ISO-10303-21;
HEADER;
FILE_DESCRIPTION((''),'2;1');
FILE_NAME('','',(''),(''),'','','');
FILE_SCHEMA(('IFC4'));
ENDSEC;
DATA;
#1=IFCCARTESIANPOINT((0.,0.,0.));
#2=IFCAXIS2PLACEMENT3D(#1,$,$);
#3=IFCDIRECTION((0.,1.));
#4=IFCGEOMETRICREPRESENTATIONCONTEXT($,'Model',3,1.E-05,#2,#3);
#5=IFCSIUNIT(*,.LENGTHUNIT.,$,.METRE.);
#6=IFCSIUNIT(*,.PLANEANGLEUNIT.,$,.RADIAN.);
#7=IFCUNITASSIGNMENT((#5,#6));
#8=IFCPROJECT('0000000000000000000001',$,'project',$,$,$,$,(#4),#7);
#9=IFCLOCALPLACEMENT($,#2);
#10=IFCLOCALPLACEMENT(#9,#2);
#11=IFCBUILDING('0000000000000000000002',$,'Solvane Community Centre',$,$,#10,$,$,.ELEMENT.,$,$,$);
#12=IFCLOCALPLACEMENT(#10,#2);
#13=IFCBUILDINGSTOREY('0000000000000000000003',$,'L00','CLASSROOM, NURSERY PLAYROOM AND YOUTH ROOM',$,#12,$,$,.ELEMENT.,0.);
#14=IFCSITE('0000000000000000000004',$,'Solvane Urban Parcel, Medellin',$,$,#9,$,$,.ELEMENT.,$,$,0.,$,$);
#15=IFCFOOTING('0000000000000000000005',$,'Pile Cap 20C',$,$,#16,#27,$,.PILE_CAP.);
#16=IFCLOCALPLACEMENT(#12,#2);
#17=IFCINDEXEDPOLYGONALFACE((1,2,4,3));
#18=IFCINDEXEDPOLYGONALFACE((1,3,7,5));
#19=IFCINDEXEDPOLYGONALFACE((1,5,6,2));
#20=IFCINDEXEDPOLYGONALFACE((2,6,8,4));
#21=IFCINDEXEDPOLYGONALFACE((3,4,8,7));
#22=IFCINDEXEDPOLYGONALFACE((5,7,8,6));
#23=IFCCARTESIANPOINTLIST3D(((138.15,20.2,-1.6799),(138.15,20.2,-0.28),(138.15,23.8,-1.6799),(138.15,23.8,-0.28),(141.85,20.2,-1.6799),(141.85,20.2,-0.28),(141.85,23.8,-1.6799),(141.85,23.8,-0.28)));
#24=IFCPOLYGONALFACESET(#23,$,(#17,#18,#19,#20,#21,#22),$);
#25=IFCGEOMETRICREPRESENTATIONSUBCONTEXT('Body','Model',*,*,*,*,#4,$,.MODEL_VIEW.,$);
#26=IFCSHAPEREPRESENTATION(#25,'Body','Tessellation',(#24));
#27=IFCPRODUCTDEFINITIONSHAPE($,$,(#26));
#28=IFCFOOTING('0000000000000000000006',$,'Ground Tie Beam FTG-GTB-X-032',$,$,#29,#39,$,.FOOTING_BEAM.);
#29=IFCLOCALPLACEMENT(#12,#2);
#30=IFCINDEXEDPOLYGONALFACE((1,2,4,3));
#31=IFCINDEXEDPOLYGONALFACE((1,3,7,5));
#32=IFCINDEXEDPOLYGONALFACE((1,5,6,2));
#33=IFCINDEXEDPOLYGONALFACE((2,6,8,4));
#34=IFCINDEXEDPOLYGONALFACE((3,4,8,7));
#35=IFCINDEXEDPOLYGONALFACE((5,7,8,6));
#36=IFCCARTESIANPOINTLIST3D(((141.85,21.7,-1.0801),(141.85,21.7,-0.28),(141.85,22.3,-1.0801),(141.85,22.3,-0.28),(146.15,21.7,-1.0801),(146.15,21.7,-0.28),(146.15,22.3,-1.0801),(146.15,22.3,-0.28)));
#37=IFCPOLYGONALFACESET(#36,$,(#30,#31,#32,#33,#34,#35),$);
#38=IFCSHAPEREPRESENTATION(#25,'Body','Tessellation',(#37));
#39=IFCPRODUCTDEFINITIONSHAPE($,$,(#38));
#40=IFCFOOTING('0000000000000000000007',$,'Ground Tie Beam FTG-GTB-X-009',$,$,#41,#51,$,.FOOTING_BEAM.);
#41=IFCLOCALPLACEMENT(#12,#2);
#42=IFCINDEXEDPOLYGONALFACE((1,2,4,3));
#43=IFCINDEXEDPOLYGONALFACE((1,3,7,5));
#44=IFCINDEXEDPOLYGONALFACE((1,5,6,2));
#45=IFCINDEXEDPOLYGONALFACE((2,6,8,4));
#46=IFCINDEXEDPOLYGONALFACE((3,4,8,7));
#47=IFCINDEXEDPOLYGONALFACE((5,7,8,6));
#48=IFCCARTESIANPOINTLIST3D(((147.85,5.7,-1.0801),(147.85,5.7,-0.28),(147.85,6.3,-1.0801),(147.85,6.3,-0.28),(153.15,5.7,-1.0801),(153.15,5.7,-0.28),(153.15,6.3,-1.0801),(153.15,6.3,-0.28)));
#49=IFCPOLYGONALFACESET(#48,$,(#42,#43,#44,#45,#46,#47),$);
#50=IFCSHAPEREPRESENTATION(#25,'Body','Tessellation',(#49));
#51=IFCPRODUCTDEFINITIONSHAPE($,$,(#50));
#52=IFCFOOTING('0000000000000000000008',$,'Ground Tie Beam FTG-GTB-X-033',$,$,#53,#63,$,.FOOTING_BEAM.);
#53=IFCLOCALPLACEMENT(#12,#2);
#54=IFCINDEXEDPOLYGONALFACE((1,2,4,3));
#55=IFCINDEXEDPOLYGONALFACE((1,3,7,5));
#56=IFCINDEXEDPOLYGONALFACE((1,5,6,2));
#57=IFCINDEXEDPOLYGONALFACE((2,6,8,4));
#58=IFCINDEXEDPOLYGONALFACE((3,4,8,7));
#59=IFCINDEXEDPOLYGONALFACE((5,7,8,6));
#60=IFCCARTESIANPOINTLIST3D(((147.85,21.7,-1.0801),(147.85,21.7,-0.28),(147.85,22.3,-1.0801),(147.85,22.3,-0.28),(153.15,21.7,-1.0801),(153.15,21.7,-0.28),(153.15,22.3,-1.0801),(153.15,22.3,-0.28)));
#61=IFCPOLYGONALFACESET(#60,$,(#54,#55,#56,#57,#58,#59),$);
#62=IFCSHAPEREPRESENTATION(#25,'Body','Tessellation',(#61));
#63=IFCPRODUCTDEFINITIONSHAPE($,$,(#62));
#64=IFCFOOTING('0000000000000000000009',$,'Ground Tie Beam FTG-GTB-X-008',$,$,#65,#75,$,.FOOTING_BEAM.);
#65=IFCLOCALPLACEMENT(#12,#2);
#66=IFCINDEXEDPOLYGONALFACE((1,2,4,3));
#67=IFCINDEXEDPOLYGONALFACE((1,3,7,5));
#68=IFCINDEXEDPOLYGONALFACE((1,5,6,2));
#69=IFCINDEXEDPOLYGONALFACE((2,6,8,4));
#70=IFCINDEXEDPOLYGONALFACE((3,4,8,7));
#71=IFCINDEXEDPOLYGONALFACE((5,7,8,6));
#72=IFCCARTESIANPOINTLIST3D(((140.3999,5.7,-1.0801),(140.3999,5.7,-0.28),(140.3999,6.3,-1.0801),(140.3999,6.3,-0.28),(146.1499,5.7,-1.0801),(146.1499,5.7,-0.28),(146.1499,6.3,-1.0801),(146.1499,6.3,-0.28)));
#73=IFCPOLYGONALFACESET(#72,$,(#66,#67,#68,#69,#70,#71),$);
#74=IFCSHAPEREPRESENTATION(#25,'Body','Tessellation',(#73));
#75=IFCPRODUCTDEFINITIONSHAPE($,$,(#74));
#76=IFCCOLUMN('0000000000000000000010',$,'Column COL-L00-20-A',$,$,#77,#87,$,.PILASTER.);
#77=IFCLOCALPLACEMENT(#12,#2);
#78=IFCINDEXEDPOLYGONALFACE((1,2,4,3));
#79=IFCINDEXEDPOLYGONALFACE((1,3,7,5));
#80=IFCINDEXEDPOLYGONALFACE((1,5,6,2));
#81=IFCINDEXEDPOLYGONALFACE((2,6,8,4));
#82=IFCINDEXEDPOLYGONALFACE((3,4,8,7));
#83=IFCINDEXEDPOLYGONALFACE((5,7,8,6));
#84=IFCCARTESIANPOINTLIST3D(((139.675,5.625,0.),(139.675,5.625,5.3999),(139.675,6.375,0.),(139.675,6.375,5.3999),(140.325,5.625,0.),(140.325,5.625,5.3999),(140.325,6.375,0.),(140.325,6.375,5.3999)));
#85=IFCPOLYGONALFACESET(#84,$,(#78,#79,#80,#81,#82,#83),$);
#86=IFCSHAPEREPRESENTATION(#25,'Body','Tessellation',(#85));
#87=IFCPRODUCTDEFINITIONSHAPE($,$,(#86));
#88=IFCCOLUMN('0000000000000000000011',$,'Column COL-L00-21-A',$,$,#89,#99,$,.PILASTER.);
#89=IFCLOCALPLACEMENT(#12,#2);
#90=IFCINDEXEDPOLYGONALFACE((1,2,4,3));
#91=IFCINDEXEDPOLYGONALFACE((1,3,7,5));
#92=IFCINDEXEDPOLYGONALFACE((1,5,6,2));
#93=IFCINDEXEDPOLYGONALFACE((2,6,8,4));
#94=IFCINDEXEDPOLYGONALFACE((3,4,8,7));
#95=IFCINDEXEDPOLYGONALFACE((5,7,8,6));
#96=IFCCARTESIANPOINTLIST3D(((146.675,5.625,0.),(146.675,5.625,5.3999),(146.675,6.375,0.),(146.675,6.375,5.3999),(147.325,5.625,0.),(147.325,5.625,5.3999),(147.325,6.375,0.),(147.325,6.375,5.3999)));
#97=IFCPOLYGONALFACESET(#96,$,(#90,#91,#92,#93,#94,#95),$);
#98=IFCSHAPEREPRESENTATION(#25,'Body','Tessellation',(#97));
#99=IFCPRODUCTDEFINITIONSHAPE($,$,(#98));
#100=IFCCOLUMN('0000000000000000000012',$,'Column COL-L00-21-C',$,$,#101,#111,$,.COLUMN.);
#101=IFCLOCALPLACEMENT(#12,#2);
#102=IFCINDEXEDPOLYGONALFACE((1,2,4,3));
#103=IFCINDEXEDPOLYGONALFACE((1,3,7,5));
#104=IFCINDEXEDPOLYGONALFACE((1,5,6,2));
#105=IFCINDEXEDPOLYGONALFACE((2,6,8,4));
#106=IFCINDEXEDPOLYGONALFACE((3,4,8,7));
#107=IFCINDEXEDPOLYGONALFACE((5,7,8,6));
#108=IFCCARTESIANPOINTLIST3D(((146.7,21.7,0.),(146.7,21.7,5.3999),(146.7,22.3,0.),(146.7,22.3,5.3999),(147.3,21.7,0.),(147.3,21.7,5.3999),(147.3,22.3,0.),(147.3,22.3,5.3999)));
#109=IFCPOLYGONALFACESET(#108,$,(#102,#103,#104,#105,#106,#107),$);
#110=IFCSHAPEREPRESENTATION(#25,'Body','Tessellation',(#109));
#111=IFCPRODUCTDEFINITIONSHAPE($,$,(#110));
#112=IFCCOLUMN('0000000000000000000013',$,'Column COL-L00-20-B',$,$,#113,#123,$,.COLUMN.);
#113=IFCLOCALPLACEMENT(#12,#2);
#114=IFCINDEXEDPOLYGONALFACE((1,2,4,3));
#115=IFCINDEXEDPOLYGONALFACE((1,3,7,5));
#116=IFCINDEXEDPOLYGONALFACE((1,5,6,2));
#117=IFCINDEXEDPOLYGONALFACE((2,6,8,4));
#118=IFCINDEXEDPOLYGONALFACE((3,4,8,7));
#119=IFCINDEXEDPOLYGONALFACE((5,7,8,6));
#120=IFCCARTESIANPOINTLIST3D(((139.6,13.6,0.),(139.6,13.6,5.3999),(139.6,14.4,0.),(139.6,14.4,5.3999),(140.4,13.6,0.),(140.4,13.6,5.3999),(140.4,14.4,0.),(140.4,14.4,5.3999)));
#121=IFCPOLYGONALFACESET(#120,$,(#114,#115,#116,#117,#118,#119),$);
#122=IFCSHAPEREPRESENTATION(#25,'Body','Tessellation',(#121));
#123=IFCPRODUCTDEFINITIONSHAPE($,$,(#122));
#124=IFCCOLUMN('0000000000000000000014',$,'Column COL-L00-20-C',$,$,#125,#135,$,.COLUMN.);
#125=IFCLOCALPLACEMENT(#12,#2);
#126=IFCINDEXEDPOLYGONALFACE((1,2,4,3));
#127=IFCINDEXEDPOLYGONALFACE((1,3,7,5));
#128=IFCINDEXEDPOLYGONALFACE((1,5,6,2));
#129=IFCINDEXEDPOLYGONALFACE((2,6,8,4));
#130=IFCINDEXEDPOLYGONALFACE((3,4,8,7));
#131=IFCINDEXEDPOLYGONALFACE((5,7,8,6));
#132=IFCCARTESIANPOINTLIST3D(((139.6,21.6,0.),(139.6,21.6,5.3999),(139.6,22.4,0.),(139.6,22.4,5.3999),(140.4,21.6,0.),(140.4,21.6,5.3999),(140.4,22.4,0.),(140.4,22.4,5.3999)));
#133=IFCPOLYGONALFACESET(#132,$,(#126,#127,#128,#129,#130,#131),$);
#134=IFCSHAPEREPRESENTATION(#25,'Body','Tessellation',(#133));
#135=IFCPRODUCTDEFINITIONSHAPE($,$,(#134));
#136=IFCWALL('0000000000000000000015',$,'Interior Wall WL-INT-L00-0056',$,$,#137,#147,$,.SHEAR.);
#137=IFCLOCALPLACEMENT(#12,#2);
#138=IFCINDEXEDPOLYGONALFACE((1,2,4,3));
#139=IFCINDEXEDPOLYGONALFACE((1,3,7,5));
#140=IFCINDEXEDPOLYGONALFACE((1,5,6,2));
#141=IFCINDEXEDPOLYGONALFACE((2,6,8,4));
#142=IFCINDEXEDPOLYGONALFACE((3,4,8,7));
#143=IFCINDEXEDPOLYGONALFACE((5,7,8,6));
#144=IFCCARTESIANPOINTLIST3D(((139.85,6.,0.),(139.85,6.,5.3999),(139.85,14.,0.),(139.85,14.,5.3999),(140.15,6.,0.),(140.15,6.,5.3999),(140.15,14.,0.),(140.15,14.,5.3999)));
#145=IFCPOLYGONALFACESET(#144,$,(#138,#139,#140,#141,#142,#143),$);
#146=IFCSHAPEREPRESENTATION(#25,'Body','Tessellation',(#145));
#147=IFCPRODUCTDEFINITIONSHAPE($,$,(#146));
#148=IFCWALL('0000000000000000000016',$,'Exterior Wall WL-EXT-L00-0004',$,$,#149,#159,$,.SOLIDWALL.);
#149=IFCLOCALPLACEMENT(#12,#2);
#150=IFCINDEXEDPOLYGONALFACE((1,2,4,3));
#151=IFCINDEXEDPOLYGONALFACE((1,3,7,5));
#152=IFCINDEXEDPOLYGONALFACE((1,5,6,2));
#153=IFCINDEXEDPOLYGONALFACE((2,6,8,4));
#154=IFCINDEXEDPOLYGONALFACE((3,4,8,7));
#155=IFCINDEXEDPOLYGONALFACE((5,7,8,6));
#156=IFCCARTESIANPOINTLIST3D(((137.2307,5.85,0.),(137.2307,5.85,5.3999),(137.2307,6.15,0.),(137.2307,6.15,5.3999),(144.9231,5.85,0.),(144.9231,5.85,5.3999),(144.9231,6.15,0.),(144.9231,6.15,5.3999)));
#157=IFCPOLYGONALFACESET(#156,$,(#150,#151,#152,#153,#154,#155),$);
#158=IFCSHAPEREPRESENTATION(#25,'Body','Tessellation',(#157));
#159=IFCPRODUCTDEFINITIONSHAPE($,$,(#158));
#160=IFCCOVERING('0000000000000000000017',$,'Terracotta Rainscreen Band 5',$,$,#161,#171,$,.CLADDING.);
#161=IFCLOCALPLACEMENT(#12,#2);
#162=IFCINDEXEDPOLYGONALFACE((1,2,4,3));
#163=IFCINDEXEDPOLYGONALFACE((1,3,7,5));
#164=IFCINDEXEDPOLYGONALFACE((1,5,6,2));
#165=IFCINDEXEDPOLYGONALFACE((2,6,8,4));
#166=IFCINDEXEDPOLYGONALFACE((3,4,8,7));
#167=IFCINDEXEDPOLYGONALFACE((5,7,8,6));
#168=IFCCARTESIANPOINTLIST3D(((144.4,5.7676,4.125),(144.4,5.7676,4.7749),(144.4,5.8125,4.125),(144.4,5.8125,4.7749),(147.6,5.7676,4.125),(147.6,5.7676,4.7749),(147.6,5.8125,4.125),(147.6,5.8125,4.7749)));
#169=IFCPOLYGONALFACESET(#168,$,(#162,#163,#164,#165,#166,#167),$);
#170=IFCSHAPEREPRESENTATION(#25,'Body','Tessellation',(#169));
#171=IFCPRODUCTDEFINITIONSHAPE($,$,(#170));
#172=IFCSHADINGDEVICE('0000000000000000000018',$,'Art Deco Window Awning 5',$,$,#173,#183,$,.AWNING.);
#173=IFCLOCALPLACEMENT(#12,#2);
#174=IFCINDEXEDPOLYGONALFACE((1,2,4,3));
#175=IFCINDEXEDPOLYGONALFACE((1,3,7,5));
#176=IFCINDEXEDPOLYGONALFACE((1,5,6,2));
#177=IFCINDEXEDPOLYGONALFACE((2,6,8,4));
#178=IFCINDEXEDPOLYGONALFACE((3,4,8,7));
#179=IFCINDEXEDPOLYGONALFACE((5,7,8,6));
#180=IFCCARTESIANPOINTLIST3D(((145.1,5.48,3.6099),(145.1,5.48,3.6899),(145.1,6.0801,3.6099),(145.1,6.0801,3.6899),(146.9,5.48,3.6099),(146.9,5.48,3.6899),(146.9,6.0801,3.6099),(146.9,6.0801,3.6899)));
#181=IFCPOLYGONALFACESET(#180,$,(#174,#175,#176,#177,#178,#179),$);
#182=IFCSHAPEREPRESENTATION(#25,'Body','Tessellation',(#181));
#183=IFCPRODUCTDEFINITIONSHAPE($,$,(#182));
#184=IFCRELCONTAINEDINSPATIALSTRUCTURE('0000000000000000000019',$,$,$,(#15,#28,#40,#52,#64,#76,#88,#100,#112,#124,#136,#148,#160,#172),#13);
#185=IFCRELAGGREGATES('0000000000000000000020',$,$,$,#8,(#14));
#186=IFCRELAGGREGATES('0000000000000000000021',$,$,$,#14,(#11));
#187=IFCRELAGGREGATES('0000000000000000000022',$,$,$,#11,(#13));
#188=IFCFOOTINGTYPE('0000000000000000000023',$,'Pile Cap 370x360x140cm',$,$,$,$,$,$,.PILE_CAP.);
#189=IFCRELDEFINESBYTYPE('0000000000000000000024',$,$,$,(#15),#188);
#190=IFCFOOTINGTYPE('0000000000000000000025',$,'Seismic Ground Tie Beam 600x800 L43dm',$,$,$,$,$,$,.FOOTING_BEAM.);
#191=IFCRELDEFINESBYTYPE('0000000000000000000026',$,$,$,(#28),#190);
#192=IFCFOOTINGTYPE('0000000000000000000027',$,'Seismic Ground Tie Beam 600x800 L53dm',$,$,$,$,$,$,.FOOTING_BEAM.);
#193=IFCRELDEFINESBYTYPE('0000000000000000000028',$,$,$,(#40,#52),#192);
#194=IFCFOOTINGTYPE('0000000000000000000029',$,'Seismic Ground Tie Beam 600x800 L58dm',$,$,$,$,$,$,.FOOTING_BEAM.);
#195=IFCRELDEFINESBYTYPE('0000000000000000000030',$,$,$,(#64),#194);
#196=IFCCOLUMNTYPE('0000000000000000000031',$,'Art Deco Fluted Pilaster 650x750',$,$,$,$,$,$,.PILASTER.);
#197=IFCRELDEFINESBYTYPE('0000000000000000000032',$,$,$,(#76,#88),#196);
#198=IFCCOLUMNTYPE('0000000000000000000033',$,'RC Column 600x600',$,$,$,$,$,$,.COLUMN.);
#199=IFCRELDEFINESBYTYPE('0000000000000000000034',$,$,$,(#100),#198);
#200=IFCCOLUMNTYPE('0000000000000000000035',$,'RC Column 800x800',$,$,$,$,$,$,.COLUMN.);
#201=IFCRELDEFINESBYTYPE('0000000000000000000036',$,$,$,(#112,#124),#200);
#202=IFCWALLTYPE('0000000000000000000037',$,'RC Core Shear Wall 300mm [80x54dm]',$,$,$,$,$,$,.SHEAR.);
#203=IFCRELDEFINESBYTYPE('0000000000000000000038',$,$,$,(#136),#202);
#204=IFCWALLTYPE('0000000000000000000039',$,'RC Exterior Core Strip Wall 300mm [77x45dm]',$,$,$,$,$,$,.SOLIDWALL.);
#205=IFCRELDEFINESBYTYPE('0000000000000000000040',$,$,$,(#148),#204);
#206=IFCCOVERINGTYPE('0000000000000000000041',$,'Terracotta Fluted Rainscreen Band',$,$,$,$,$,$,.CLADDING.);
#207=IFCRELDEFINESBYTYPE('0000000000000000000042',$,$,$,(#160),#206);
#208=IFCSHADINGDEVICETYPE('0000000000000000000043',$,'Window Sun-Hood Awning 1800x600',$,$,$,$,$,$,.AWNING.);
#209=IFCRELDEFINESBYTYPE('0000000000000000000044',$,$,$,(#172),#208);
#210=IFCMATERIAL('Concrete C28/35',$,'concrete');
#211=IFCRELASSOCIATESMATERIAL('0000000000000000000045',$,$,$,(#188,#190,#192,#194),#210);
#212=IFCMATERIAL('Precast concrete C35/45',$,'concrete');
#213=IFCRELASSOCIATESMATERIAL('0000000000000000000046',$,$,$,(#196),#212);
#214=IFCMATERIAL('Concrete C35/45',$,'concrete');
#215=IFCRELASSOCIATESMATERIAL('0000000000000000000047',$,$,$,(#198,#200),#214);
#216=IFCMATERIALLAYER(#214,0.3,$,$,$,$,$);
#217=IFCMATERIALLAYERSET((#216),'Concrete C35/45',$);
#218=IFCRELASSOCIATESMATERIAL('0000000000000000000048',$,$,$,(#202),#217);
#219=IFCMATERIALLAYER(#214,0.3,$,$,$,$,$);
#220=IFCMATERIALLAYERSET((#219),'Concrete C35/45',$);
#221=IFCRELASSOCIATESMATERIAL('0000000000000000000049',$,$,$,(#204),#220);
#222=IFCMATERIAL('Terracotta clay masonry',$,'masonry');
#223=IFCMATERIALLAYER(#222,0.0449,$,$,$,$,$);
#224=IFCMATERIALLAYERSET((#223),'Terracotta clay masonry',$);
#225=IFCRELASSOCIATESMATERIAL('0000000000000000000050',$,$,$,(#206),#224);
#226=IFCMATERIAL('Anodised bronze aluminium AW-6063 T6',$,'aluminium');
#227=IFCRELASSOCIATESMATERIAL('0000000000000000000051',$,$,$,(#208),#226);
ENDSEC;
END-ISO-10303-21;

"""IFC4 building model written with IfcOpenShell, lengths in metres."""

from ifc_helpers import new_model, si_unit, direction, frame, frame_2d, origin, origin_2d, place, context, subcontext, project, spatial, rectangle, extrude, material, layer, layer_set, material_profile, profile_set, type_object, element, save


model = new_model("IFC4")

# Units and contexts
model_context = context("Model", 3, precision=1e-05, world=origin(), true_north=direction((0.0, 1.0)))
body_context = subcontext(model_context, "Body", "Model", "MODEL_VIEW")
ifc_project = project(units=[si_unit("LENGTHUNIT", "METRE"), si_unit("PLANEANGLEUNIT", "RADIAN")], contexts=[model_context])

# Site, building, storey
site_placement = place(None, origin())
site = spatial("IfcSite", under=ifc_project, at=site_placement, Name="Solvane Urban Parcel, Medellin", CompositionType="ELEMENT", RefElevation=0.0)
building_placement = place(site_placement, origin())
building = spatial("IfcBuilding", under=site, at=building_placement, Name="Solvane Community Centre", CompositionType="ELEMENT")
storey_placement = place(building_placement, origin())
storey = spatial("IfcBuildingStorey", under=building, at=storey_placement, Name="L00", Description="CLASSROOM, NURSERY PLAYROOM AND YOUTH ROOM", CompositionType="ELEMENT", Elevation=0.0)

# Shared definitions
ifc_material_1 = material(Name="Concrete C28/35", Category="concrete")

# Footings
footing_type_1 = type_object("IfcFootingType", Name="Pile Cap 370x360x140cm", PredefinedType="PILE_CAP", material=ifc_material_1)
footing_1_placement = place(storey_placement, frame((140.0, 22.0, -1.6799), z_axis=(0.0, 0.0, 1.0), x_axis=(1.0, 0.0, 0.0)))
element("IfcFooting", 1, at=footing_1_placement, inside=storey, type_object=footing_type_1, Name="Pile Cap 20C", PredefinedType="PILE_CAP", context=body_context, shape_type="SweptSolid", body=[
    extrude(rectangle(XDim=3.7, YDim=3.6001, at=origin_2d()), origin(), (0.0, 0.0, 1.0), 1.3999),
])
footing_type_2 = type_object("IfcFootingType", Name="Seismic Ground Tie Beam 600x800 L43dm", PredefinedType="FOOTING_BEAM", material=ifc_material_1)
footing_2_placement = place(storey_placement, frame((144.0, 22.0, -1.0801), z_axis=(0.0, 0.0, 1.0), x_axis=(1.0, 0.0, 0.0)))
element("IfcFooting", 2, at=footing_2_placement, inside=storey, type_object=footing_type_2, Name="Ground Tie Beam FTG-GTB-X-032", PredefinedType="FOOTING_BEAM", context=body_context, shape_type="SweptSolid", body=[
    extrude(rectangle(XDim=4.3, YDim=0.6001, at=origin_2d()), origin(), (0.0, 0.0, 1.0), 0.8),
])
footing_type_3 = type_object("IfcFootingType", Name="Seismic Ground Tie Beam 600x800 L53dm", PredefinedType="FOOTING_BEAM", material=ifc_material_1)
for number, where, z_axis, x_axis, name in (
    (3, (150.5, 6.0, -1.0801), (0.0, 0.0, 1.0), (1.0, 0.0, 0.0), "Ground Tie Beam FTG-GTB-X-009"),
    (4, (150.5, 22.0, -1.0801), (0.0, 0.0, 1.0), (1.0, 0.0, 0.0), "Ground Tie Beam FTG-GTB-X-033"),
):
    element("IfcFooting", number, at=place(storey_placement, frame(where, z_axis=z_axis, x_axis=x_axis)), inside=storey, type_object=footing_type_3, Name=name, PredefinedType="FOOTING_BEAM", context=body_context, shape_type="SweptSolid", body=[
        extrude(rectangle(XDim=5.3, YDim=0.6001, at=origin_2d()), origin(), (0.0, 0.0, 1.0), 0.8),
    ])
footing_type_4 = type_object("IfcFootingType", Name="Seismic Ground Tie Beam 600x800 L58dm", PredefinedType="FOOTING_BEAM", material=ifc_material_1)
footing_3_placement = place(storey_placement, frame((143.2749, 6.0, -1.0801), z_axis=(0.0, 0.0, 1.0), x_axis=(1.0, 0.0, 0.0)))
element("IfcFooting", 5, at=footing_3_placement, inside=storey, type_object=footing_type_4, Name="Ground Tie Beam FTG-GTB-X-008", PredefinedType="FOOTING_BEAM", context=body_context, shape_type="SweptSolid", body=[
    extrude(rectangle(XDim=5.75, YDim=0.6001, at=origin_2d()), origin(), (0.0, 0.0, 1.0), 0.8),
])

# Columns
ifc_material_2 = material(Name="Precast concrete C35/45", Category="concrete")
ifc_material_profile_1 = material_profile(ifc_material_2, rectangle(XDim=0.6499, YDim=0.75, at=origin_2d()), Name="RC 650x750")
ifc_profile_set_1 = profile_set([ifc_material_profile_1], Name="Precast concrete C35/45")
column_type_1 = type_object("IfcColumnType", Name="Art Deco Fluted Pilaster 650x750", PredefinedType="PILASTER", material=ifc_profile_set_1)
for number, where, z_axis, x_axis, name in (
    (6, (140.0, 6.0, 0.0), (0.0, 0.0, 1.0), (1.0, 0.0, 0.0), "Column COL-L00-20-A"),
    (7, (147.0, 6.0, 0.0), (0.0, 0.0, 1.0), (1.0, 0.0, 0.0), "Column COL-L00-21-A"),
):
    element("IfcColumn", number, at=place(storey_placement, frame(where, z_axis=z_axis, x_axis=x_axis)), inside=storey, type_object=column_type_1, Name=name, PredefinedType="PILASTER", context=body_context, shape_type="SweptSolid", body=[
        extrude(rectangle(XDim=0.6499, YDim=0.75, at=origin_2d()), origin(), (0.0, 0.0, 1.0), 5.3999),
    ])
ifc_material_3 = material(Name="Concrete C35/45", Category="concrete")
ifc_material_profile_2 = material_profile(ifc_material_3, rectangle(XDim=0.6001, YDim=0.6001, at=origin_2d()), Name="RC 600x600")
ifc_profile_set_2 = profile_set([ifc_material_profile_2], Name="Concrete C35/45")
column_type_2 = type_object("IfcColumnType", Name="RC Column 600x600", PredefinedType="COLUMN", material=ifc_profile_set_2)
column_placement = place(storey_placement, frame((147.0, 22.0, 0.0), z_axis=(0.0, 0.0, 1.0), x_axis=(1.0, 0.0, 0.0)))
element("IfcColumn", 8, at=column_placement, inside=storey, type_object=column_type_2, Name="Column COL-L00-21-C", PredefinedType="COLUMN", context=body_context, shape_type="SweptSolid", body=[
    extrude(rectangle(XDim=0.6001, YDim=0.6001, at=origin_2d()), origin(), (0.0, 0.0, 1.0), 5.3999),
])
ifc_material_profile_3 = material_profile(ifc_material_3, rectangle(XDim=0.8, YDim=0.8, at=origin_2d()), Name="RC 800x800")
ifc_profile_set_3 = profile_set([ifc_material_profile_3], Name="Concrete C35/45")
column_type_3 = type_object("IfcColumnType", Name="RC Column 800x800", PredefinedType="COLUMN", material=ifc_profile_set_3)
for number, where, z_axis, x_axis, name in (
    (9, (140.0, 14.0, 0.0), (0.0, 0.0, 1.0), (1.0, 0.0, 0.0), "Column COL-L00-20-B"),
    (10, (140.0, 22.0, 0.0), (0.0, 0.0, 1.0), (1.0, 0.0, 0.0), "Column COL-L00-20-C"),
):
    element("IfcColumn", number, at=place(storey_placement, frame(where, z_axis=z_axis, x_axis=x_axis)), inside=storey, type_object=column_type_3, Name=name, PredefinedType="COLUMN", context=body_context, shape_type="SweptSolid", body=[
        extrude(rectangle(XDim=0.8, YDim=0.8, at=origin_2d()), origin(), (0.0, 0.0, 1.0), 5.3999),
    ])

# Walls
ifc_layer_1 = layer(ifc_material_3, 0.3)
ifc_layer_set_1 = layer_set([ifc_layer_1], Name="Concrete C35/45")
wall_type_1 = type_object("IfcWallType", Name="RC Core Shear Wall 300mm [80x54dm]", PredefinedType="SHEAR", material=ifc_layer_set_1)
wall_1_placement = place(storey_placement, frame((140.0, 14.0, 0.0), z_axis=(0.0, 0.0, 1.0), x_axis=(0.0, -1.0, 0.0)))
element("IfcWall", 11, at=wall_1_placement, inside=storey, type_object=wall_type_1, Name="Interior Wall WL-INT-L00-0056", PredefinedType="SHEAR", context=body_context, shape_type="SweptSolid", body=[
    extrude(rectangle(XDim=8.0, YDim=0.3, at=frame_2d((4.0, 0.0))), origin(), (0.0, 0.0, 1.0), 5.3999),
])
ifc_layer_2 = layer(ifc_material_3, 0.3)
ifc_layer_set_2 = layer_set([ifc_layer_2], Name="Concrete C35/45")
wall_type_2 = type_object("IfcWallType", Name="RC Exterior Core Strip Wall 300mm [77x45dm]", PredefinedType="SOLIDWALL", material=ifc_layer_set_2)
wall_2_placement = place(storey_placement, frame((144.9231, 6.0, 0.0), z_axis=(0.0, 0.0, 1.0), x_axis=(-1.0, 0.0, 0.0)))
element("IfcWall", 12, at=wall_2_placement, inside=storey, type_object=wall_type_2, Name="Exterior Wall WL-EXT-L00-0004", PredefinedType="SOLIDWALL", context=body_context, shape_type="SweptSolid", body=[
    extrude(rectangle(XDim=7.6924, YDim=0.3, at=frame_2d((3.8462, 0.0))), origin(), (0.0, 0.0, 1.0), 5.3999),
])

# Covering
ifc_material_4 = material(Name="Terracotta clay masonry", Category="masonry")
ifc_layer_3 = layer(ifc_material_4, 0.0449)
ifc_layer_set_3 = layer_set([ifc_layer_3], Name="Terracotta clay masonry")
covering_type = type_object("IfcCoveringType", Name="Terracotta Fluted Rainscreen Band", PredefinedType="CLADDING", material=ifc_layer_set_3)
covering_placement = place(storey_placement, frame((146.0, 5.79, 4.125), z_axis=(0.0, 0.0, 1.0), x_axis=(1.0, 0.0, 0.0)))
element("IfcCovering", 13, at=covering_placement, inside=storey, type_object=covering_type, Name="Terracotta Rainscreen Band 5", PredefinedType="CLADDING", context=body_context, shape_type="SweptSolid", body=[
    extrude(rectangle(XDim=3.2, YDim=0.0449, at=origin_2d()), origin(), (0.0, 0.0, 1.0), 0.6499),
])

# Shading device
ifc_material_5 = material(Name="Anodised bronze aluminium AW-6063 T6", Category="aluminium")
shading_device_type = type_object("IfcShadingDeviceType", Name="Window Sun-Hood Awning 1800x600", PredefinedType="AWNING", material=ifc_material_5)
shading_device_placement = place(storey_placement, frame((146.0, 5.78, 3.6099), z_axis=(0.0, 0.0, 1.0), x_axis=(1.0, 0.0, 0.0)))
element("IfcShadingDevice", 14, at=shading_device_placement, inside=storey, type_object=shading_device_type, Name="Art Deco Window Awning 5", PredefinedType="AWNING", context=body_context, shape_type="SweptSolid", body=[
    extrude(rectangle(XDim=1.8, YDim=0.6001, at=origin_2d()), origin(), (0.0, 0.0, 1.0), 0.0801),
])

save(model, "model.ifc")
